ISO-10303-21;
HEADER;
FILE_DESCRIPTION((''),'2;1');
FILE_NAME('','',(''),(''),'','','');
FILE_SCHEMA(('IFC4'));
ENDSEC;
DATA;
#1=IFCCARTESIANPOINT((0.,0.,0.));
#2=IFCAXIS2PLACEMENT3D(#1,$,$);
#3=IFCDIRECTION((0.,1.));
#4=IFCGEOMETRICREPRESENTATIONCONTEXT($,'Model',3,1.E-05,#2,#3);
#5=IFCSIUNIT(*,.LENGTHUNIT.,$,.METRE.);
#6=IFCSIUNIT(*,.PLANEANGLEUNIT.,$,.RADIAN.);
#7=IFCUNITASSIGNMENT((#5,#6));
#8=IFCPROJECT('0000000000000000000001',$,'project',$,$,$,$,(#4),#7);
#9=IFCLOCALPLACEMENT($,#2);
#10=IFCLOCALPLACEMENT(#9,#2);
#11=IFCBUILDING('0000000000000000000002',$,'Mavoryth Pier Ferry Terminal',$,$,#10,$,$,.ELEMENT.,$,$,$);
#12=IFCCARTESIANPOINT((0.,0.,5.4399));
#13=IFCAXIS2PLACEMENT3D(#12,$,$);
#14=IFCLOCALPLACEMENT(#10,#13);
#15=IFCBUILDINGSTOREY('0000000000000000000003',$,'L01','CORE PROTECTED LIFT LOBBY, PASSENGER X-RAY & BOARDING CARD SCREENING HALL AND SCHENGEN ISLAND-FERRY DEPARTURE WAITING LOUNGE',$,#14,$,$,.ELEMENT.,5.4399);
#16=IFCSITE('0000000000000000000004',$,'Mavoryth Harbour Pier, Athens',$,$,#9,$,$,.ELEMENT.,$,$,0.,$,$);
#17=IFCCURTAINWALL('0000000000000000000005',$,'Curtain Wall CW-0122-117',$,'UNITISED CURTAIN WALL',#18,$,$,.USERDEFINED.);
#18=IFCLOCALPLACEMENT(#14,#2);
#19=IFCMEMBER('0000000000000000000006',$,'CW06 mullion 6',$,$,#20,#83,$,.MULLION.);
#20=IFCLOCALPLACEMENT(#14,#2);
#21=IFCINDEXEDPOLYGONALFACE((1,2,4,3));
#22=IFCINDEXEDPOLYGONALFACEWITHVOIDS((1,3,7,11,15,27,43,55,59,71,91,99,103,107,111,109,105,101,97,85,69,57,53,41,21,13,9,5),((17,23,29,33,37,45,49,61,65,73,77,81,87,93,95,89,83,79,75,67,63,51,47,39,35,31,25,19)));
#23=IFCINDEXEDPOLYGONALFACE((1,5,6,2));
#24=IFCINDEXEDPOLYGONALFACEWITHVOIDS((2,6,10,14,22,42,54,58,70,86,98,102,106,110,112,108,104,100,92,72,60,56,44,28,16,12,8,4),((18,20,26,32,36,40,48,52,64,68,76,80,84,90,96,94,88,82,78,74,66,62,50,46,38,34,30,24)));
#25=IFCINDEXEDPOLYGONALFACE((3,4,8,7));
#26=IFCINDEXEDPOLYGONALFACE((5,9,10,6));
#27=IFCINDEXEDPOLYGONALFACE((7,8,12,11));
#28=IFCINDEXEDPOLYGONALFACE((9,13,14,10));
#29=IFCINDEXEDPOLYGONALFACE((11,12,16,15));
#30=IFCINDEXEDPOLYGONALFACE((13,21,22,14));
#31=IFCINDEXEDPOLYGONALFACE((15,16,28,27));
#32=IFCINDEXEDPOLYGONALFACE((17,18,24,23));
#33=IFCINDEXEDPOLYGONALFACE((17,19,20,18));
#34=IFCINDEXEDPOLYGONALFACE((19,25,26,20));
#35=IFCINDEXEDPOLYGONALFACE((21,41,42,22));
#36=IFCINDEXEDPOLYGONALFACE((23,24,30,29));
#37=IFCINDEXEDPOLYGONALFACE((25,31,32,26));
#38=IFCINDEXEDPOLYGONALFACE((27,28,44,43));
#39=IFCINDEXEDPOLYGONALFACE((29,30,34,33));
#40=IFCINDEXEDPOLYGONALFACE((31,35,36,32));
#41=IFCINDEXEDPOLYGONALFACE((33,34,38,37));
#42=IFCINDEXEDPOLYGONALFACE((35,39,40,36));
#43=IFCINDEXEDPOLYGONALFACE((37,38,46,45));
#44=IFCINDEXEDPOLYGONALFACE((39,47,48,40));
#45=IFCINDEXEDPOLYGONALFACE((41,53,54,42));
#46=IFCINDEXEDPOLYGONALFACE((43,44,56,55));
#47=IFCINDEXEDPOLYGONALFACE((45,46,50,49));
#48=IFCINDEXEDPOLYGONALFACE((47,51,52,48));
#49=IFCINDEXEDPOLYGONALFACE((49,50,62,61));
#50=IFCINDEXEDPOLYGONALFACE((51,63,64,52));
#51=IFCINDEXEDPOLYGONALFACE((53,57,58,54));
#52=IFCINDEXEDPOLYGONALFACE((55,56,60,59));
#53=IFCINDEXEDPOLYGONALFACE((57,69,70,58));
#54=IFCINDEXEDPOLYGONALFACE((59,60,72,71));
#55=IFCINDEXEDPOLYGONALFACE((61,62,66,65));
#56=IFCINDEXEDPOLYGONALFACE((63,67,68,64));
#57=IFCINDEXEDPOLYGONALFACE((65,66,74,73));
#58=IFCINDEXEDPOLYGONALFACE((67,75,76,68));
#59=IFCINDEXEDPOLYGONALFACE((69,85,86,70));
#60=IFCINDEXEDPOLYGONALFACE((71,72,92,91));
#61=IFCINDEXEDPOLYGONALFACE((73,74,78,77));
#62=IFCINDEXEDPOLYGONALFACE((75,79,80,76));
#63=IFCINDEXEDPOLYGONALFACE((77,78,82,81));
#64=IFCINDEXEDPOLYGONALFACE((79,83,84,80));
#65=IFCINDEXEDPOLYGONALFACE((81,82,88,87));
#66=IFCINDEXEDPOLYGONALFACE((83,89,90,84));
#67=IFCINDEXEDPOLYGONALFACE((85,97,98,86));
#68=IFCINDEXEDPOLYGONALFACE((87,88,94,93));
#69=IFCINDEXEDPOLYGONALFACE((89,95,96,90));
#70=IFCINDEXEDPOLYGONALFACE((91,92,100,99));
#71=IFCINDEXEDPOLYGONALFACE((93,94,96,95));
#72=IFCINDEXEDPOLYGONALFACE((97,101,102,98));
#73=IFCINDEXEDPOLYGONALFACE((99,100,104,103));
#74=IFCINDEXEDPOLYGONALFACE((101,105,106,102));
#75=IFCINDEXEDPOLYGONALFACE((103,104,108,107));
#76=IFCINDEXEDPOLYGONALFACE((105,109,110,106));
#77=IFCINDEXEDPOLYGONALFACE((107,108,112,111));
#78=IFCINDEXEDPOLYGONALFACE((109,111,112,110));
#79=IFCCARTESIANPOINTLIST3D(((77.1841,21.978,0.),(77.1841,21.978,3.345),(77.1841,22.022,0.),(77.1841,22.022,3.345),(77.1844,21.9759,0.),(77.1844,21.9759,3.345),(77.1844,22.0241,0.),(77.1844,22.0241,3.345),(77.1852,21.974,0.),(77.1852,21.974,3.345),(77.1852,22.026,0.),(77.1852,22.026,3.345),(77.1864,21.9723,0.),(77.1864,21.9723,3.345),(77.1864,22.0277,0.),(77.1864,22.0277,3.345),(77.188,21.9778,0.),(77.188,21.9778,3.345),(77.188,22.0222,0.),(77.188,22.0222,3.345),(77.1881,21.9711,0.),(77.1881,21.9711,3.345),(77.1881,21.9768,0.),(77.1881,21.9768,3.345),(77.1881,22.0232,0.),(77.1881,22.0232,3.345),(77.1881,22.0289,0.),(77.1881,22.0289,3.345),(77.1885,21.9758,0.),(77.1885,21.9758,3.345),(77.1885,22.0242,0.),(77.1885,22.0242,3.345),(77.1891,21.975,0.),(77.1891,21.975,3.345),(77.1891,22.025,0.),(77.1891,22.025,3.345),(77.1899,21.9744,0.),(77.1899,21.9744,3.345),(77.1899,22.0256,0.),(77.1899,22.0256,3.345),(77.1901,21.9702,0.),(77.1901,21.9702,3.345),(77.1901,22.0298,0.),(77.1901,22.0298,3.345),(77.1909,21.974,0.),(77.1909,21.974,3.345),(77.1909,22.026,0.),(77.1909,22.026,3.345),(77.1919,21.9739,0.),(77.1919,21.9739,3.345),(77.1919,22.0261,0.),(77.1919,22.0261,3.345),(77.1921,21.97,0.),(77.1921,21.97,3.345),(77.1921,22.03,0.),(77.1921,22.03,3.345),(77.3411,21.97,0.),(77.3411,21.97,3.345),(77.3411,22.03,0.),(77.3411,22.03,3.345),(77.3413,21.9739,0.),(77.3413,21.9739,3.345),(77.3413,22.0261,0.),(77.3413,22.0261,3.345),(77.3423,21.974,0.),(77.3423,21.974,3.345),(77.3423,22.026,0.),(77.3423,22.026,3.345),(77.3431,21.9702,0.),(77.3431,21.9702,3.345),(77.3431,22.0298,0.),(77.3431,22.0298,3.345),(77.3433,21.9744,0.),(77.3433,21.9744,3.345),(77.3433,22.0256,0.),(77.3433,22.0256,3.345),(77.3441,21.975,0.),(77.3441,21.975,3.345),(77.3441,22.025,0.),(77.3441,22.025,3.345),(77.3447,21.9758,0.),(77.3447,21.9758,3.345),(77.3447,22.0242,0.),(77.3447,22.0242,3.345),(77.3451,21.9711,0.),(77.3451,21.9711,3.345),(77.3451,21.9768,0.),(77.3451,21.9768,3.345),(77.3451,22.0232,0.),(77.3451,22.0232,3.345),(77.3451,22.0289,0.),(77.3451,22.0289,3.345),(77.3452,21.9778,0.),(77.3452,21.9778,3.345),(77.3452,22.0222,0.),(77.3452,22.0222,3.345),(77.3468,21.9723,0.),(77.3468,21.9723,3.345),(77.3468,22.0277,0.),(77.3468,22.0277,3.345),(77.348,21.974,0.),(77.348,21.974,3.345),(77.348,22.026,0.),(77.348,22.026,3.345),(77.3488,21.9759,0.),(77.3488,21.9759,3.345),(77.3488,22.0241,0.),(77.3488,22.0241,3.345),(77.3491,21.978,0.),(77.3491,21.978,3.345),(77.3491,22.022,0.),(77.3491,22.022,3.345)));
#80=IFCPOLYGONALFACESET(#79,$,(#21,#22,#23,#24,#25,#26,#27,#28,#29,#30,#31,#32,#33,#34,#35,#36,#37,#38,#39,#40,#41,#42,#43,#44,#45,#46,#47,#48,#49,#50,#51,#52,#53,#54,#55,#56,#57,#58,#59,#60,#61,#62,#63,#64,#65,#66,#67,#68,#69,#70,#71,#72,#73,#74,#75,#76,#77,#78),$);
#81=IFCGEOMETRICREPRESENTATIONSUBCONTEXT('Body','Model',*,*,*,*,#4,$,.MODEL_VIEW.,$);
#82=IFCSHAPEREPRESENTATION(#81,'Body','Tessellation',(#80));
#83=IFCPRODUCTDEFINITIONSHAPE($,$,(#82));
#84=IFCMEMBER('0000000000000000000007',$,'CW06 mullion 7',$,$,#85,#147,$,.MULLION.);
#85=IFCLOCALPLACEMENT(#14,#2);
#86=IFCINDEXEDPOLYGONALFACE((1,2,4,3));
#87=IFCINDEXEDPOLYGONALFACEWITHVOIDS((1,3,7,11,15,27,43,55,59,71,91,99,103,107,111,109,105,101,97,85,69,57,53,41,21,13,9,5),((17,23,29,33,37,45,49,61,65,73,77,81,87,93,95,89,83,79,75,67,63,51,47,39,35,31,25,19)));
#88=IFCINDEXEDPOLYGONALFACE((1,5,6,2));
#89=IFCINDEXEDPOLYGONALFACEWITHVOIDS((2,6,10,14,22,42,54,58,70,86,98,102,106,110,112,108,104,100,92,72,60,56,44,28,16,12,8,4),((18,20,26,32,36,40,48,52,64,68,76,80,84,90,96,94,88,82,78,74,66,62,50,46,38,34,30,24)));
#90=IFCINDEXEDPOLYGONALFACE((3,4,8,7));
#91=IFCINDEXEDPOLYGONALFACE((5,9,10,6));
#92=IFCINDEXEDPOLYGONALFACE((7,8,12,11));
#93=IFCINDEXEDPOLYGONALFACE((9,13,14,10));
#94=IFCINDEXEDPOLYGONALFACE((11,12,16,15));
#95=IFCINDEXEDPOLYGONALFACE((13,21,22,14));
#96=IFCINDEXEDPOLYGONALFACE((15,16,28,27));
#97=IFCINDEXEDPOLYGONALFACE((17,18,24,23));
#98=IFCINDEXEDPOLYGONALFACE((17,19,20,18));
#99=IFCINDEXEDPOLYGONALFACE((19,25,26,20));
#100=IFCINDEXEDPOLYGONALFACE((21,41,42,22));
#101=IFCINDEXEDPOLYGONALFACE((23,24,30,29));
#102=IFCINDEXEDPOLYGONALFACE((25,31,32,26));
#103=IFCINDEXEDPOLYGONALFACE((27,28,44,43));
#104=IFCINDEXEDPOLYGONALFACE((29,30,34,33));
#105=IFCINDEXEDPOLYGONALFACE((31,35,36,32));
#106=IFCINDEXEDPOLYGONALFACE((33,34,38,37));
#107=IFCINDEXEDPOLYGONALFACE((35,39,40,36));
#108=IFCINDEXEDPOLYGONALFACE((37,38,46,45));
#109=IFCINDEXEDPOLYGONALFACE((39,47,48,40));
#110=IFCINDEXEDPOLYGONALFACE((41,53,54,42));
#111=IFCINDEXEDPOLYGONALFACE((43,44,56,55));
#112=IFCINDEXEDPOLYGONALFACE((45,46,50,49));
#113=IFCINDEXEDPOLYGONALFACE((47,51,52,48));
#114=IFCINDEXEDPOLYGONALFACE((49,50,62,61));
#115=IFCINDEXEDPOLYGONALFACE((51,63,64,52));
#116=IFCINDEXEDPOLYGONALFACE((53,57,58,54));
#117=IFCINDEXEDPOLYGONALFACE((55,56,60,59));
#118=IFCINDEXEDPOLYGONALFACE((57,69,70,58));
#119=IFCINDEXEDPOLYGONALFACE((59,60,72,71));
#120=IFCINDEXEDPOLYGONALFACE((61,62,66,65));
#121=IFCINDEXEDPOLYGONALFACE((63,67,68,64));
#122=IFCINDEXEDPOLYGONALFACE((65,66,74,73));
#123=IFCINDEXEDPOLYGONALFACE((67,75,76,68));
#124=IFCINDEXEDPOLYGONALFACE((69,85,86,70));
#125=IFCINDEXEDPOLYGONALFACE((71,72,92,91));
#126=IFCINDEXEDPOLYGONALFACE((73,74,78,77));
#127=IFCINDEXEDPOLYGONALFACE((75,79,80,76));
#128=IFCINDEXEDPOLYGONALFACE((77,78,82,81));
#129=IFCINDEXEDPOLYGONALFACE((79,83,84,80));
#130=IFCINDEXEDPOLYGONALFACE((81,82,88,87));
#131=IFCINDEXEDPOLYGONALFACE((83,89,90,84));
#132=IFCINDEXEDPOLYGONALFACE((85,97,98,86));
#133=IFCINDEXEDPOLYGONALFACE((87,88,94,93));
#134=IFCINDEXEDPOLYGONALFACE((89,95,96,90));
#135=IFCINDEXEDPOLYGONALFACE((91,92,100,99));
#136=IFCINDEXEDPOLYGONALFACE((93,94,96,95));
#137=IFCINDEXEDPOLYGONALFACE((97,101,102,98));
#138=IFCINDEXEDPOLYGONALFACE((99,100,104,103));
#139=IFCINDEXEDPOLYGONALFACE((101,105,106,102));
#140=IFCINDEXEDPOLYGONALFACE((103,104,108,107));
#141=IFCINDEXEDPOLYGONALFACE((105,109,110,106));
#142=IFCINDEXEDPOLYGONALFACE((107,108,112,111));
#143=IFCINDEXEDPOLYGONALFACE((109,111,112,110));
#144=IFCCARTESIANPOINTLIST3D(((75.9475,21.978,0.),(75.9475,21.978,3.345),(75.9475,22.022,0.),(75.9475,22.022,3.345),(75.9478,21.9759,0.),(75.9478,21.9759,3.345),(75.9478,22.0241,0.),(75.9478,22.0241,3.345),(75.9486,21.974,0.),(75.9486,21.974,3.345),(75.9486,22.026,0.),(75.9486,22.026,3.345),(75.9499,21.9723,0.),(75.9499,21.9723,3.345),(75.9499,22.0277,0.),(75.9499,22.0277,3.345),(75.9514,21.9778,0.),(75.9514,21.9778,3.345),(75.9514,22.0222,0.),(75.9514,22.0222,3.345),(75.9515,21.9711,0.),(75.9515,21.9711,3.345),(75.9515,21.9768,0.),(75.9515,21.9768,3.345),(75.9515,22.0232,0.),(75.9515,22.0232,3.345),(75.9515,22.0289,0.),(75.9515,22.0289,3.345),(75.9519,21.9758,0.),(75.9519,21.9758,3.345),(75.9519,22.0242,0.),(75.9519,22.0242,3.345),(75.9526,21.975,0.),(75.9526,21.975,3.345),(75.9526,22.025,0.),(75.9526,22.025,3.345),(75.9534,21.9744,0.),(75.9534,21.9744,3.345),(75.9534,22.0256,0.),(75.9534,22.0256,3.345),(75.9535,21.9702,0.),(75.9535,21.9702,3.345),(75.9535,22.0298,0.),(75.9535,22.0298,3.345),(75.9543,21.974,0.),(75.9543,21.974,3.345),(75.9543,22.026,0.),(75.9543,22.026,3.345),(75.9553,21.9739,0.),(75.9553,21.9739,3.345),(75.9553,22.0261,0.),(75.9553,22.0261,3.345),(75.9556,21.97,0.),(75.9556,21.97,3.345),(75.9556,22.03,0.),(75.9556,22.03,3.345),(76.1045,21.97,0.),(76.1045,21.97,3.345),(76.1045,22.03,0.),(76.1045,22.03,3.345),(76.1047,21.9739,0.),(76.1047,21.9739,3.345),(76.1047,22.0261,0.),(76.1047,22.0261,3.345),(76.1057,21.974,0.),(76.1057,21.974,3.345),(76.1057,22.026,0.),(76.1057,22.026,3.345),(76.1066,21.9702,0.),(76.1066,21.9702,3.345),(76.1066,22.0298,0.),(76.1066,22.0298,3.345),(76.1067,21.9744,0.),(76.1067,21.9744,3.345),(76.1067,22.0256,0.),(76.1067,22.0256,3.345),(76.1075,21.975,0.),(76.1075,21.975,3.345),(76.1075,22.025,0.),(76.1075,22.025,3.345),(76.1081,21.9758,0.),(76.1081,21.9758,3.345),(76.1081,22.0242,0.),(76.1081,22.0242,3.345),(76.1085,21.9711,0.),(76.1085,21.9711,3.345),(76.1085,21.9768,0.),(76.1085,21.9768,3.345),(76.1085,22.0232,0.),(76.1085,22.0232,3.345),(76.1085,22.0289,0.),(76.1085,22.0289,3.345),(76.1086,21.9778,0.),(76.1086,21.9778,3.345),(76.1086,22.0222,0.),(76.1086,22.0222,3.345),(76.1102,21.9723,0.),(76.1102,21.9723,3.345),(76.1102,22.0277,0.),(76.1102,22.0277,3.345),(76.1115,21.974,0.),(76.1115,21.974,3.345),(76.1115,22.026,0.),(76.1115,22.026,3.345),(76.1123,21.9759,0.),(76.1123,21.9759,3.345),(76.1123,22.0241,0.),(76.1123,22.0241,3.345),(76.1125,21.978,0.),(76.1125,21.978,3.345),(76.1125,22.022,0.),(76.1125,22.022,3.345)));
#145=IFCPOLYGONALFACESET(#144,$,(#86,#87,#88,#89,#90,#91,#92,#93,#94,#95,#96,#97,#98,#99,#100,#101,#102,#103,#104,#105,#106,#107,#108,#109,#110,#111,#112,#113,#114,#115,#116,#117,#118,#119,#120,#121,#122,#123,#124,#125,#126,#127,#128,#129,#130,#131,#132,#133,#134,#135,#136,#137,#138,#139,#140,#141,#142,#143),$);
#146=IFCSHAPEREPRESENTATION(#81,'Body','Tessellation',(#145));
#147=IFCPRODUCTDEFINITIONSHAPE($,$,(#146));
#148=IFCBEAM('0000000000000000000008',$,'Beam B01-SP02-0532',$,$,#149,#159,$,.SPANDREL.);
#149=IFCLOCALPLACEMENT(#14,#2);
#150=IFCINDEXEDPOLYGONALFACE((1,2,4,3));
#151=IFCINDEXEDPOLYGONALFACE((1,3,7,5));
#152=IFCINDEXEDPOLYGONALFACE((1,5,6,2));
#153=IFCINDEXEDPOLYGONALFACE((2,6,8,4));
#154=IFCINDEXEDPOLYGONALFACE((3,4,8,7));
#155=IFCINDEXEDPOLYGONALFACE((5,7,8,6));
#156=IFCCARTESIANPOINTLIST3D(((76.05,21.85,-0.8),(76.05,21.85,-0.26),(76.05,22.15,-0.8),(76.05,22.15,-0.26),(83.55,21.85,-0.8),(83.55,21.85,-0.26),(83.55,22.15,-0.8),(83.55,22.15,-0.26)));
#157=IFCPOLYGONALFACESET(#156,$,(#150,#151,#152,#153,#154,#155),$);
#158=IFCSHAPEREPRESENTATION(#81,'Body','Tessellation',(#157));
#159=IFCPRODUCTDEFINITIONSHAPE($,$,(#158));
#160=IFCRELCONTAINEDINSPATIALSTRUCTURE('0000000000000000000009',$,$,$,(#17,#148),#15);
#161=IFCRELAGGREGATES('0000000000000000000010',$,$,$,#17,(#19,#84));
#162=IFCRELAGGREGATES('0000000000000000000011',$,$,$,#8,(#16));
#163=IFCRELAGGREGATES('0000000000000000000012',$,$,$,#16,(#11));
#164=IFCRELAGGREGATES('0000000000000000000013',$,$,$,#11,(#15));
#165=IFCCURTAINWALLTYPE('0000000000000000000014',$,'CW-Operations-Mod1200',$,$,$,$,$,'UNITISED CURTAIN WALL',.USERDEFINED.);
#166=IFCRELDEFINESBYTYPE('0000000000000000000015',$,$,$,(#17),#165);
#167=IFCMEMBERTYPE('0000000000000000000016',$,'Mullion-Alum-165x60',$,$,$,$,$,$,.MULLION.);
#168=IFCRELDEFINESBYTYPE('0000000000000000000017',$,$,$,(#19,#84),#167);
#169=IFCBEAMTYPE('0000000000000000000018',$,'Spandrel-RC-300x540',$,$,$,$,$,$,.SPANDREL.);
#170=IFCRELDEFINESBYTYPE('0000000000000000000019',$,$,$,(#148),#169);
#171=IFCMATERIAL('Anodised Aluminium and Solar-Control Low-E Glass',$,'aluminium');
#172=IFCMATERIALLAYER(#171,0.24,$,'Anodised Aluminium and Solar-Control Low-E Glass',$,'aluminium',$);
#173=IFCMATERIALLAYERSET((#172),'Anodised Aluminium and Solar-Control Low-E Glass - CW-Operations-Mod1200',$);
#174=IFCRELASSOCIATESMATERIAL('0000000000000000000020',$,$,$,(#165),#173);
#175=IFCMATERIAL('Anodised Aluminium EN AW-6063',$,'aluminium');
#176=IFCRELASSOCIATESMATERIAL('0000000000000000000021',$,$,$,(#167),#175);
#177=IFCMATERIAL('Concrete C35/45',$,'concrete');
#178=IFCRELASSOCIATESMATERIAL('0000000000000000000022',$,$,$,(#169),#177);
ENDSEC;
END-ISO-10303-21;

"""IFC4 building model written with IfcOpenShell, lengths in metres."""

from ifc_helpers import new_model, si_unit, direction, frame, origin, origin_2d, place, context, subcontext, project, spatial, rectangle, hollow_rectangle, extrude, material, layer, layer_set, material_profile, profile_set, type_object, element, aggregate, save


model = new_model("IFC4")

# Units and contexts
model_context = context("Model", 3, precision=1e-05, world=origin(), true_north=direction((0.0, 1.0)))
body_context = subcontext(model_context, "Body", "Model", "MODEL_VIEW")
ifc_project = project(units=[si_unit("LENGTHUNIT", "METRE"), si_unit("PLANEANGLEUNIT", "RADIAN")], contexts=[model_context])

# Site, building, storey
site_placement = place(None, origin())
site = spatial("IfcSite", under=ifc_project, at=site_placement, Name="Mavoryth Harbour Pier, Athens", CompositionType="ELEMENT", RefElevation=0.0)
building_placement = place(site_placement, origin())
building = spatial("IfcBuilding", under=site, at=building_placement, Name="Mavoryth Pier Ferry Terminal", CompositionType="ELEMENT")
storey_placement = place(building_placement, frame((0.0, 0.0, 5.4399)))
storey = spatial("IfcBuildingStorey", under=building, at=storey_placement, Name="L01", Description="CORE PROTECTED LIFT LOBBY, PASSENGER X-RAY & BOARDING CARD SCREENING HALL AND SCHENGEN ISLAND-FERRY DEPARTURE WAITING LOUNGE", CompositionType="ELEMENT", Elevation=5.4399)

# Curtain wall, members
ifc_material_1 = material(Name="Anodised Aluminium and Solar-Control Low-E Glass", Category="aluminium")
ifc_layer_1 = layer(ifc_material_1, 0.24, Name="Anodised Aluminium and Solar-Control Low-E Glass", Category="aluminium")
ifc_layer_set_1 = layer_set([ifc_layer_1], Name="Anodised Aluminium and Solar-Control Low-E Glass - CW-Operations-Mod1200")
curtain_wall_type = type_object("IfcCurtainWallType", Name="CW-Operations-Mod1200", ElementType="UNITISED CURTAIN WALL", PredefinedType="USERDEFINED", material=ifc_layer_set_1)
ifc_material_2 = material(Name="Anodised Aluminium EN AW-6063", Category="aluminium")
ifc_material_profile_1 = material_profile(ifc_material_2, hollow_rectangle(XDim=0.0601, YDim=0.165, WallThickness=0.0039, InnerFilletRadius=0.0039, OuterFilletRadius=0.0081, at=origin_2d()), Name="AL-MULL 165x60x4", Category="aluminium")
ifc_profile_set_1 = profile_set([ifc_material_profile_1], Name="Anodised Aluminium EN AW-6063 - AL-MULL 165x60x4")
member_type_1 = type_object("IfcMemberType", Name="Mullion-Alum-165x60", PredefinedType="MULLION", material=ifc_profile_set_1)
curtain_wall_1_placement = place(storey_placement, origin())
curtain_wall_1 = element("IfcCurtainWall", 1, at=curtain_wall_1_placement, inside=storey, type_object=curtain_wall_type, Name="Curtain Wall CW-0122-117", ObjectType="UNITISED CURTAIN WALL", PredefinedType="USERDEFINED")
member_1_placement = place(storey_placement, frame((77.2666, 22.0, 0.0), z_axis=(0.0, 0.0, 1.0), x_axis=(0.0, -1.0, 0.0)))
member_1 = element("IfcMember", 2, at=member_1_placement, type_object=member_type_1, Name="CW06 mullion 6", PredefinedType="MULLION", context=body_context, shape_type="SweptSolid", body=[
    extrude(hollow_rectangle(XDim=0.0601, YDim=0.165, WallThickness=0.0039, InnerFilletRadius=0.0039, OuterFilletRadius=0.0081, at=origin_2d()), origin(), (0.0, 0.0, 1.0), 3.345),
])
member_2_placement = place(storey_placement, frame((76.03, 22.0, 0.0), z_axis=(0.0, 0.0, 1.0), x_axis=(0.0, -1.0, 0.0)))
member_2 = element("IfcMember", 3, at=member_2_placement, type_object=member_type_1, Name="CW06 mullion 7", PredefinedType="MULLION", context=body_context, shape_type="SweptSolid", body=[
    extrude(hollow_rectangle(XDim=0.0601, YDim=0.165, WallThickness=0.0039, InnerFilletRadius=0.0039, OuterFilletRadius=0.0081, at=origin_2d()), origin(), (0.0, 0.0, 1.0), 3.345),
])

# Beam
ifc_material_3 = material(Name="Concrete C35/45", Category="concrete")
ifc_material_profile_2 = material_profile(ifc_material_3, rectangle(XDim=0.3, YDim=0.54, at=origin_2d()), Name="RC 300x540", Category="concrete")
ifc_profile_set_2 = profile_set([ifc_material_profile_2], Name="Concrete C35/45 - RC 300x540")
beam_type = type_object("IfcBeamType", Name="Spandrel-RC-300x540", PredefinedType="SPANDREL", material=ifc_profile_set_2)
beam_placement = place(storey_placement, frame((76.05, 22.0, -0.53), z_axis=(1.0, 0.0, 0.0), x_axis=(0.0, 1.0, 0.0)))
element("IfcBeam", 4, at=beam_placement, inside=storey, type_object=beam_type, Name="Beam B01-SP02-0532", PredefinedType="SPANDREL", context=body_context, shape_type="SweptSolid", body=[
    extrude(rectangle(XDim=0.3, YDim=0.54, at=origin_2d()), origin(), (0.0, 0.0, 1.0), 7.5),
])

aggregate(curtain_wall_1, [member_1, member_2])

save(model, "model.ifc")
